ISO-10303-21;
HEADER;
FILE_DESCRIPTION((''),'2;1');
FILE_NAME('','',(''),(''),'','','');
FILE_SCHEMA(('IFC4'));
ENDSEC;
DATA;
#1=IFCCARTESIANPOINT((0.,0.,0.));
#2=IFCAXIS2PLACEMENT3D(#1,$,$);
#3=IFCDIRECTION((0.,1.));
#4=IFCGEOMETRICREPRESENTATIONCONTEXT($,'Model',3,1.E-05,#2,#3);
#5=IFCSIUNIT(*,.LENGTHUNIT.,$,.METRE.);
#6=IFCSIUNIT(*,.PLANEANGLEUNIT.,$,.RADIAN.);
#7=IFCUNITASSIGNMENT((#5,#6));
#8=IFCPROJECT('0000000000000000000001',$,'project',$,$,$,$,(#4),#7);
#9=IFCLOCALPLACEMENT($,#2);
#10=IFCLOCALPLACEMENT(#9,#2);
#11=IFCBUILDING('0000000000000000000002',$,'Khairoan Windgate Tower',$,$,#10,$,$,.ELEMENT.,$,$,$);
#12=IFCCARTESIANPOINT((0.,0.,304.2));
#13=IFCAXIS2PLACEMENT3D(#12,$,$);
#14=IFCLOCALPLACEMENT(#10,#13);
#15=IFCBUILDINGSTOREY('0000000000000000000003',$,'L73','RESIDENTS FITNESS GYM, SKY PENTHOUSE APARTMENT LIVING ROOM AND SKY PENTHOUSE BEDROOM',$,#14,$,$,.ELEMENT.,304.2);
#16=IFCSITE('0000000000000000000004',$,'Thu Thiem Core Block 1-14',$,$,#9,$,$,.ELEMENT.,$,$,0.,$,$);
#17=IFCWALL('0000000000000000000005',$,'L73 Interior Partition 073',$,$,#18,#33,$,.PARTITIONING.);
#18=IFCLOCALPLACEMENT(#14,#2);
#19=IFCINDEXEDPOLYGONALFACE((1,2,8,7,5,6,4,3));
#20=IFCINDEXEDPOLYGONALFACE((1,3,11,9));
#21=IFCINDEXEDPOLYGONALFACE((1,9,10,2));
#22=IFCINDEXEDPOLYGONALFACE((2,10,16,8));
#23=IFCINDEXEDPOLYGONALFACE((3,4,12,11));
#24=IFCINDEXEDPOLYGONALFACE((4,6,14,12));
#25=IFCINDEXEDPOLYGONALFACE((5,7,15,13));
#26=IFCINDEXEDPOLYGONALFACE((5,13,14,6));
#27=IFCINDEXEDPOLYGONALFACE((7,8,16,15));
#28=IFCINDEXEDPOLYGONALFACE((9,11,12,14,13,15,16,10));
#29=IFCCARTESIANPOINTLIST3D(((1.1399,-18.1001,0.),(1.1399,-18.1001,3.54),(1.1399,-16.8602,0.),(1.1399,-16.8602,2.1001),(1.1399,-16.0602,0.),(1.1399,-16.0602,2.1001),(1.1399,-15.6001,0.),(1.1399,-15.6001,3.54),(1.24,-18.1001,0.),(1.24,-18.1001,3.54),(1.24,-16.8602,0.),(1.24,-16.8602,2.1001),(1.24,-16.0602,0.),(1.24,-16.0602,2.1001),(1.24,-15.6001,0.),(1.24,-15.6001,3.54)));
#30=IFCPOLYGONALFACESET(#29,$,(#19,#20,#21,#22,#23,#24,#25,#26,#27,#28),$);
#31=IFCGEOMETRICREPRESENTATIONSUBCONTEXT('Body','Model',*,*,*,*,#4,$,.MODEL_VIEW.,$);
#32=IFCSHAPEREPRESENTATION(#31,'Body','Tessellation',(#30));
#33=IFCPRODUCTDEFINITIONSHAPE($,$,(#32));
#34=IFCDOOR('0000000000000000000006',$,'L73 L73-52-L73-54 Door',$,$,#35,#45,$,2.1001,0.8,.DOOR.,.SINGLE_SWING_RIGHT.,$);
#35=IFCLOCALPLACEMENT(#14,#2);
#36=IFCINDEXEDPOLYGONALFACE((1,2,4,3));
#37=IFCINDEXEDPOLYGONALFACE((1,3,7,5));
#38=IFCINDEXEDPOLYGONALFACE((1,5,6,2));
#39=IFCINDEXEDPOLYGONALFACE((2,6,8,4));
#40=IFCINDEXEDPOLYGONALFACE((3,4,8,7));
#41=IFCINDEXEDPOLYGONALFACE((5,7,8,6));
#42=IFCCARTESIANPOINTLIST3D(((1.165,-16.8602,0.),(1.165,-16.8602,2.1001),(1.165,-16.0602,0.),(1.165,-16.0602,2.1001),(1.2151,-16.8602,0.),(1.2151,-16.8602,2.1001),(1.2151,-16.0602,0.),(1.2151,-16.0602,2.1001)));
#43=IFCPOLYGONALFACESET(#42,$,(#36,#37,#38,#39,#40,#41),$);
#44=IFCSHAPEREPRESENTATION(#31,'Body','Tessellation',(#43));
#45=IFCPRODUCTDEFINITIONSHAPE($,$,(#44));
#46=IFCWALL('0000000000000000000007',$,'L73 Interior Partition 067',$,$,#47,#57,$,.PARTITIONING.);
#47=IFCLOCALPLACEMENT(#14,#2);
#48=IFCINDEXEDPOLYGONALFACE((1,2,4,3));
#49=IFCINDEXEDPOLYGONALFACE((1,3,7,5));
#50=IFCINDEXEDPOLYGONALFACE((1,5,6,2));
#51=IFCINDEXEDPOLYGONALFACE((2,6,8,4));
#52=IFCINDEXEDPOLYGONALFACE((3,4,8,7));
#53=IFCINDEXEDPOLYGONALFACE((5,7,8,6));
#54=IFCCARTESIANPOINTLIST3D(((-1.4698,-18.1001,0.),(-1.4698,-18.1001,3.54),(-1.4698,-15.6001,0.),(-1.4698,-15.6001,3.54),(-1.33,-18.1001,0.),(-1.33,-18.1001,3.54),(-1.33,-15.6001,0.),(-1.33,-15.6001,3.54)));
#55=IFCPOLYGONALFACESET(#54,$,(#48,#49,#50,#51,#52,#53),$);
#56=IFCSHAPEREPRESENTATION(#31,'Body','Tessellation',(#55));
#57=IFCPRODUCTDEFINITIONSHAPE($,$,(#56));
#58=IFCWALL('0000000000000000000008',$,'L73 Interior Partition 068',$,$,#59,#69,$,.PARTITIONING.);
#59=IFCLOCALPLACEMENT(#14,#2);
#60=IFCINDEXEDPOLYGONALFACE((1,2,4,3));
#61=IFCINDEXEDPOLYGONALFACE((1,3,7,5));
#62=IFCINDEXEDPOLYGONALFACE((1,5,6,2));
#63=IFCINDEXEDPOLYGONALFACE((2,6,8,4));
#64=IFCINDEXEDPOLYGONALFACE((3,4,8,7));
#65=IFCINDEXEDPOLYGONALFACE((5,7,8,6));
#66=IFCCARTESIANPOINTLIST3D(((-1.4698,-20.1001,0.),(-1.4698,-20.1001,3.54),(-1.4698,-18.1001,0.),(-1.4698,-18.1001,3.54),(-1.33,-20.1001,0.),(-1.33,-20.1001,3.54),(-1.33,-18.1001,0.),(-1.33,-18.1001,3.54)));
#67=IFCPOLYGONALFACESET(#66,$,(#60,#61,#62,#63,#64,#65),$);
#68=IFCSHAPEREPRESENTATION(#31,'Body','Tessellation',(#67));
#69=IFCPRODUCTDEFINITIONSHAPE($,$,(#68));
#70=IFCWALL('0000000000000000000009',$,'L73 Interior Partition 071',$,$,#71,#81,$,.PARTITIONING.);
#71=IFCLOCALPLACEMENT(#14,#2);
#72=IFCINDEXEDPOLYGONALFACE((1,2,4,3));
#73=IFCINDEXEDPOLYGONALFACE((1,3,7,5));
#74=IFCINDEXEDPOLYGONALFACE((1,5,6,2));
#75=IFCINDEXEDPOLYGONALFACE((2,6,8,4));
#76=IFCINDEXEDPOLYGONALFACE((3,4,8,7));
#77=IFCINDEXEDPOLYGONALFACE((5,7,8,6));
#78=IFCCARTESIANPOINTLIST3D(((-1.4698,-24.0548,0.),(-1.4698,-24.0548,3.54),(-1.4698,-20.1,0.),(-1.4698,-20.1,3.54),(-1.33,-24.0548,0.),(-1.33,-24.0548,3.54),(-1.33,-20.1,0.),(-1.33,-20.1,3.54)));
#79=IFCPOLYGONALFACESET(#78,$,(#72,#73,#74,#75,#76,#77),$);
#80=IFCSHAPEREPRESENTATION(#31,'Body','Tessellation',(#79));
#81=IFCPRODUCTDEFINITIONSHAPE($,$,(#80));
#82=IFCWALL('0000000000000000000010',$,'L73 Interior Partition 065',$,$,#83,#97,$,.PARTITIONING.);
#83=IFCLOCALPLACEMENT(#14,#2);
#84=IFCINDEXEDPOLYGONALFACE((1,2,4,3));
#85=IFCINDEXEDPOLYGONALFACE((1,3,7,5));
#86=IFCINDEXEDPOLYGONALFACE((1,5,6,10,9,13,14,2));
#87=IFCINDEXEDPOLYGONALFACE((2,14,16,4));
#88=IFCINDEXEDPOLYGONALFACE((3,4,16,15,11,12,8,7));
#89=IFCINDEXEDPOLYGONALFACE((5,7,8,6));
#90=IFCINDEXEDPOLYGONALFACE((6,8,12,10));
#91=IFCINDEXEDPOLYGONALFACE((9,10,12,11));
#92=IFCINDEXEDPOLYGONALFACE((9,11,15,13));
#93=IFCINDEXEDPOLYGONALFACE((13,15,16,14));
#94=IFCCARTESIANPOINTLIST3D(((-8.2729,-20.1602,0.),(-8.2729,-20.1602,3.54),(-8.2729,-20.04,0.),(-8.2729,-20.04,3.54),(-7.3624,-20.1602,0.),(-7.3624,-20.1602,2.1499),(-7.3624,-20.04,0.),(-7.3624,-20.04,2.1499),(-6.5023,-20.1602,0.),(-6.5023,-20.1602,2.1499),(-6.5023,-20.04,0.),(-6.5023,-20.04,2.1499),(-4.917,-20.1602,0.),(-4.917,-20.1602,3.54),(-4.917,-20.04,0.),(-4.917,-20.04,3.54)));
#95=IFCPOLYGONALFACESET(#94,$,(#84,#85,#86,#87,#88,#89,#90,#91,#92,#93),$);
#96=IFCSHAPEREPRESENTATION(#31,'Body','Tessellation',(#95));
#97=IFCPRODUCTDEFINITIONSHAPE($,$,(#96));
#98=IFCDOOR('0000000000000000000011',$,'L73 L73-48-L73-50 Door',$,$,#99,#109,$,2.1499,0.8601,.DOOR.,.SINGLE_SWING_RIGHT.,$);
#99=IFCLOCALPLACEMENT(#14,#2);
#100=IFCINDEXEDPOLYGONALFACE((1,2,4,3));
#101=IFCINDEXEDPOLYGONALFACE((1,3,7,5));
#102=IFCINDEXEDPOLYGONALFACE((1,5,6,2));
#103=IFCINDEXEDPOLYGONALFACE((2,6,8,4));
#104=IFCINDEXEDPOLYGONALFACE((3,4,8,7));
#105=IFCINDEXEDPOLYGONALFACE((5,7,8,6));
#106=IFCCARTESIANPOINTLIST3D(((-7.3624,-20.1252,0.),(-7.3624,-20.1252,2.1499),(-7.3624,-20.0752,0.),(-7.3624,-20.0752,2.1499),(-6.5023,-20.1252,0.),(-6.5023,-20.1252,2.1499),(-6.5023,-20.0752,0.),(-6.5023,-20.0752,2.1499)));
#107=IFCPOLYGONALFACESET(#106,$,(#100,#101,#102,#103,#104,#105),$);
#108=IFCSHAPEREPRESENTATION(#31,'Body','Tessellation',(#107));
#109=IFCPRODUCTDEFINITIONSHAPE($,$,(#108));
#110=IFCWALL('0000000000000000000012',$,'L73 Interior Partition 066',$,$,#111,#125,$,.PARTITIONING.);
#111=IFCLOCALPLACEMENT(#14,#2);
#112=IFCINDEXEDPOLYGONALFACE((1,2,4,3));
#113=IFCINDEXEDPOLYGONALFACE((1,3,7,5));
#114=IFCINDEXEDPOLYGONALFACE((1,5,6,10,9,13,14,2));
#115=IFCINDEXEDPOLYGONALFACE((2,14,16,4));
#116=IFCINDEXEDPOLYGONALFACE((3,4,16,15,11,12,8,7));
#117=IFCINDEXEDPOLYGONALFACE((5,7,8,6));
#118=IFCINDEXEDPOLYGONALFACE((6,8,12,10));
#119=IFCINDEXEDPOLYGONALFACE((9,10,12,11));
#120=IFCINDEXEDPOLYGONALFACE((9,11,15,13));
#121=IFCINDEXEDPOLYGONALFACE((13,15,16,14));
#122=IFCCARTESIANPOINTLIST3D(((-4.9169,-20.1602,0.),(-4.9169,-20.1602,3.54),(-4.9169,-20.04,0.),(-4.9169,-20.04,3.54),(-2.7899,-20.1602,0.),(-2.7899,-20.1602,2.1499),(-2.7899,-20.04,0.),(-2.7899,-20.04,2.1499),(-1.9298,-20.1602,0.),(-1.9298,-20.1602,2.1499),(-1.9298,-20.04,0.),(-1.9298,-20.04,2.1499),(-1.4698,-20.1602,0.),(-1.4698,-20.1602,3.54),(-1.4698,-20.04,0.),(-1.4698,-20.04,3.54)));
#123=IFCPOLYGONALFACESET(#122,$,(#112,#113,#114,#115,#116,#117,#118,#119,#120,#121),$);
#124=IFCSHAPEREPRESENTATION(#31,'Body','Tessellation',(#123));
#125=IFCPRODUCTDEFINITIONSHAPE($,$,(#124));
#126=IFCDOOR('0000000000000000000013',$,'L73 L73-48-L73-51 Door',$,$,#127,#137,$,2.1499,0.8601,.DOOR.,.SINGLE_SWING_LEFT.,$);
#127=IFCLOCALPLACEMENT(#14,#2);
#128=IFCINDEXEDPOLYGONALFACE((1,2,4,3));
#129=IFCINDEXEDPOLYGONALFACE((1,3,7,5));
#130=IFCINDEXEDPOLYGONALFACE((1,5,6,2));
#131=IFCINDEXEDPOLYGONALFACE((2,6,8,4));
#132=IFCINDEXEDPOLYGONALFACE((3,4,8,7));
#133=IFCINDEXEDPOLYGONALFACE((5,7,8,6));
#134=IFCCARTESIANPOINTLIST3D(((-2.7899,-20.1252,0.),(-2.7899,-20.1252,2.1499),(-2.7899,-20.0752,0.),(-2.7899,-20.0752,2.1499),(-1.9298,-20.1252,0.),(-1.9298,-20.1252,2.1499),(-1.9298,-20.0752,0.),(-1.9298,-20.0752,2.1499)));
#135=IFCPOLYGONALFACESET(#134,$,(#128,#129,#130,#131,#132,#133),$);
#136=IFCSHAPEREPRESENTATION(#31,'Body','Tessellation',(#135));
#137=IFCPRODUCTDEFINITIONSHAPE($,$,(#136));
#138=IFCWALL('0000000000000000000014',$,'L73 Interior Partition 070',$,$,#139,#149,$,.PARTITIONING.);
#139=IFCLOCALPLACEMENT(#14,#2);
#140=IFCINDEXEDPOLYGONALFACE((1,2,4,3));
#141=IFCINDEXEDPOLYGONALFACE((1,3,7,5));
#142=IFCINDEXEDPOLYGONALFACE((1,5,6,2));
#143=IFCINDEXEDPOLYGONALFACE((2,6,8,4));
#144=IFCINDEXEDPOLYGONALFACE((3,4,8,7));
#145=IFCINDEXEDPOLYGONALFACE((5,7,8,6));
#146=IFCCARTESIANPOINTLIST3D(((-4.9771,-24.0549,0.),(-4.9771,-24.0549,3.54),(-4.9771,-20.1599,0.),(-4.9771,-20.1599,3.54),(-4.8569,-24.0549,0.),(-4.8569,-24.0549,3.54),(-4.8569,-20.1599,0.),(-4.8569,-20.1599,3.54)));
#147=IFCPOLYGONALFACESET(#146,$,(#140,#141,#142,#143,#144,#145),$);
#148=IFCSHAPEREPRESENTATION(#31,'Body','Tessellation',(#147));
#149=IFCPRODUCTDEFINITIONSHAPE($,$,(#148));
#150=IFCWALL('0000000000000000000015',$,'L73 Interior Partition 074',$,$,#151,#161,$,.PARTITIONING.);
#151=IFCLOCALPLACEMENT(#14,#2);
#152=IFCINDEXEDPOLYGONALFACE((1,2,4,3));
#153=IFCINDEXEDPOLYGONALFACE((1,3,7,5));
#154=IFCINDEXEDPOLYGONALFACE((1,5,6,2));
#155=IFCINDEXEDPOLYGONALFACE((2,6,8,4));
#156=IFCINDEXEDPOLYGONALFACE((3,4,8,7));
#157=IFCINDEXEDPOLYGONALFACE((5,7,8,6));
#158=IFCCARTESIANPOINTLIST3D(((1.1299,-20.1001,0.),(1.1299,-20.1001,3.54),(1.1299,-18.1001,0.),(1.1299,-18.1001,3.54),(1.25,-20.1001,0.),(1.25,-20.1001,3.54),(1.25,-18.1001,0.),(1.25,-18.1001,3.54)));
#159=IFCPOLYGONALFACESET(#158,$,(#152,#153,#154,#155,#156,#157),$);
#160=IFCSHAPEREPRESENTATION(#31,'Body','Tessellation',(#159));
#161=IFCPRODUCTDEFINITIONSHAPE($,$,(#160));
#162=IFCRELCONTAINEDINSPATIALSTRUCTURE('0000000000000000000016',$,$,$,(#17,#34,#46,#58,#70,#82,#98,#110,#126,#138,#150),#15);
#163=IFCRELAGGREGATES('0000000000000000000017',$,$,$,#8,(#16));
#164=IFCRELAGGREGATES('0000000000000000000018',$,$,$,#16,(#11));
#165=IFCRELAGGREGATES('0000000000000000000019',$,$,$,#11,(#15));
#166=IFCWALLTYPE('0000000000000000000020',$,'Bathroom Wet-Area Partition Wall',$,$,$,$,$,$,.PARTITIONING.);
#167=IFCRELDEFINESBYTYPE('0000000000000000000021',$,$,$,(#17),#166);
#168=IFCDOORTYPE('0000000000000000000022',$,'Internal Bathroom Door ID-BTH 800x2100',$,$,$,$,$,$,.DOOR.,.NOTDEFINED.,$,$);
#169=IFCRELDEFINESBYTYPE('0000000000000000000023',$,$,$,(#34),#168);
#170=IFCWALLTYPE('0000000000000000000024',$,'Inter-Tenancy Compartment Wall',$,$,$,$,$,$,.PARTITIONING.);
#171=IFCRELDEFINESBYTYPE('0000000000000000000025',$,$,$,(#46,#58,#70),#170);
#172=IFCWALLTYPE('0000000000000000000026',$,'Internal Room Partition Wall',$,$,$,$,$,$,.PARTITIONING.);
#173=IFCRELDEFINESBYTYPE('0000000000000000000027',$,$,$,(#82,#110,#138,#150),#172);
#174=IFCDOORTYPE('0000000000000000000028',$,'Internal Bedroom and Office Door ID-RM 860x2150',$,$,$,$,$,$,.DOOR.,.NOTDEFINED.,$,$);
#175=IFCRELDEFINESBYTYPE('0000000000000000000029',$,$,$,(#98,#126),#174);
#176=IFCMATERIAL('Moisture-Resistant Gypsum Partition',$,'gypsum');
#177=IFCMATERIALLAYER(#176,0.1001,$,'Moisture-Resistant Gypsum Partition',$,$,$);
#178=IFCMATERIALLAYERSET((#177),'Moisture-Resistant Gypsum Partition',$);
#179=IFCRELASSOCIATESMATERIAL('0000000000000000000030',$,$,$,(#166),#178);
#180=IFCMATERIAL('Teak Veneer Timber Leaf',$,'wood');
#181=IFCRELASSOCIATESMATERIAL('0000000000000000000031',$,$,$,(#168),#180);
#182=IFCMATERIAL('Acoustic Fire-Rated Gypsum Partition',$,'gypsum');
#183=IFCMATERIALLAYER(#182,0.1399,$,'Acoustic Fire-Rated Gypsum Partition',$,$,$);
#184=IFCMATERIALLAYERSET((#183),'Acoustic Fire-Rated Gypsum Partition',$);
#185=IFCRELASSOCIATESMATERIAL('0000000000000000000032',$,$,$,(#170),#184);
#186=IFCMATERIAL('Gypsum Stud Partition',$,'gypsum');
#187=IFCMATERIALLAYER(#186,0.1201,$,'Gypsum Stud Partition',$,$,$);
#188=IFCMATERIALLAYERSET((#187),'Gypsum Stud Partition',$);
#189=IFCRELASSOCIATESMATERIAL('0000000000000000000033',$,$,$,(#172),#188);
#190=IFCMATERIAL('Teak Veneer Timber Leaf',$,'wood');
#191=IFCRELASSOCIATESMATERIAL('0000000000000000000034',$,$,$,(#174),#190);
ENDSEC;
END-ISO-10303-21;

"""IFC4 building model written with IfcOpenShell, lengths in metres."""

from ifc_helpers import new_model, si_unit, direction, frame, frame_2d, origin, place, context, subcontext, project, spatial, rectangle, extrude, material, layer, layer_set, type_object, element, fill, save


model = new_model("IFC4")

# Units and contexts
model_context = context("Model", 3, precision=1e-05, world=origin(), true_north=direction((0.0, 1.0)))
body_context = subcontext(model_context, "Body", "Model", "MODEL_VIEW")
ifc_project = project(units=[si_unit("LENGTHUNIT", "METRE"), si_unit("PLANEANGLEUNIT", "RADIAN")], contexts=[model_context])

# Site, building, storey
site_placement = place(None, origin())
site = spatial("IfcSite", under=ifc_project, at=site_placement, Name="Thu Thiem Core Block 1-14", CompositionType="ELEMENT", RefElevation=0.0)
building_placement = place(site_placement, origin())
building = spatial("IfcBuilding", under=site, at=building_placement, Name="Khairoan Windgate Tower", CompositionType="ELEMENT")
storey_placement = place(building_placement, frame((0.0, 0.0, 304.2)))
storey = spatial("IfcBuildingStorey", under=building, at=storey_placement, Name="L73", Description="RESIDENTS FITNESS GYM, SKY PENTHOUSE APARTMENT LIVING ROOM AND SKY PENTHOUSE BEDROOM", CompositionType="ELEMENT", Elevation=304.2)

# Shared definitions
ifc_material_1 = material(Name="Moisture-Resistant Gypsum Partition", Category="gypsum")
ifc_layer_1 = layer(ifc_material_1, 0.1001, Name="Moisture-Resistant Gypsum Partition")
ifc_layer_set_1 = layer_set([ifc_layer_1], Name="Moisture-Resistant Gypsum Partition")
wall_type_1 = type_object("IfcWallType", Name="Bathroom Wet-Area Partition Wall", PredefinedType="PARTITIONING", material=ifc_layer_set_1)

# Wall, opening, door
wall_1_placement = place(storey_placement, frame((1.1899, -18.1001, 0.0), z_axis=(0.0, 0.0, 1.0), x_axis=(0.0, 1.0, 0.0)))
wall_1 = element("IfcWall", 1, at=wall_1_placement, inside=storey, type_object=wall_type_1, Name="L73 Interior Partition 073", PredefinedType="PARTITIONING", context=body_context, shape_type="SweptSolid", body=[
    extrude(rectangle(XDim=2.5, YDim=0.1001, at=frame_2d((1.25, 0.0))), origin(), (0.0, 0.0, 1.0), 3.54),
])
opening_1_placement = place(wall_1_placement, frame((1.24, 0.0, 0.0)))
opening_1 = element("IfcOpeningElement", 2, at=opening_1_placement, cuts=wall_1, PredefinedType="OPENING", context=body_context, shape_type="SweptSolid", body=[
    extrude(rectangle(XDim=0.8, YDim=2.1001, at=frame_2d((0.3999, 1.05))), frame((0.0, 0.0601, 0.0), z_axis=(0.0, -1.0, 0.0), x_axis=(1.0, 0.0, 0.0)), (0.0, 0.0, 1.0), 0.1201),
])
ifc_material_2 = material(Name="Teak Veneer Timber Leaf", Category="wood")
door_type_1 = type_object("IfcDoorType", Name="Internal Bathroom Door ID-BTH 800x2100", OperationType="NOTDEFINED", PredefinedType="DOOR", material=ifc_material_2)
door_1_placement = place(opening_1_placement, origin())
door_1 = element("IfcDoor", 3, at=door_1_placement, inside=storey, type_object=door_type_1, Name="L73 L73-52-L73-54 Door", OperationType="SINGLE_SWING_RIGHT", OverallHeight=2.1001, OverallWidth=0.8, PredefinedType="DOOR", context=body_context, shape_type="SweptSolid", body=[
    extrude(rectangle(XDim=0.8, YDim=2.1001, at=frame_2d((0.3999, 1.05))), frame((0.0, 0.0249, 0.0), z_axis=(0.0, -1.0, 0.0), x_axis=(1.0, 0.0, 0.0)), (0.0, 0.0, 1.0), 0.05),
])
fill(opening_1, door_1)

# Walls
ifc_material_3 = material(Name="Acoustic Fire-Rated Gypsum Partition", Category="gypsum")
ifc_layer_2 = layer(ifc_material_3, 0.1399, Name="Acoustic Fire-Rated Gypsum Partition")
ifc_layer_set_2 = layer_set([ifc_layer_2], Name="Acoustic Fire-Rated Gypsum Partition")
wall_type_2 = type_object("IfcWallType", Name="Inter-Tenancy Compartment Wall", PredefinedType="PARTITIONING", material=ifc_layer_set_2)
wall_2_placement = place(storey_placement, frame((-1.3999, -18.1001, 0.0), z_axis=(0.0, 0.0, 1.0), x_axis=(0.0, 1.0, 0.0)))
element("IfcWall", 4, at=wall_2_placement, inside=storey, type_object=wall_type_2, Name="L73 Interior Partition 067", PredefinedType="PARTITIONING", context=body_context, shape_type="SweptSolid", body=[
    extrude(rectangle(XDim=2.5, YDim=0.1399, at=frame_2d((1.25, 0.0))), origin(), (0.0, 0.0, 1.0), 3.54),
])
wall_3_placement = place(storey_placement, frame((-1.3999, -20.1001, 0.0), z_axis=(0.0, 0.0, 1.0), x_axis=(0.0, 1.0, 0.0)))
element("IfcWall", 5, at=wall_3_placement, inside=storey, type_object=wall_type_2, Name="L73 Interior Partition 068", PredefinedType="PARTITIONING", context=body_context, shape_type="SweptSolid", body=[
    extrude(rectangle(XDim=2.0, YDim=0.1399, at=frame_2d((1.0, 0.0))), origin(), (0.0, 0.0, 1.0), 3.54),
])
wall_4_placement = place(storey_placement, frame((-1.3999, -24.0549, 0.0), z_axis=(0.0, 0.0, 1.0), x_axis=(0.0, 1.0, 0.0)))
element("IfcWall", 6, at=wall_4_placement, inside=storey, type_object=wall_type_2, Name="L73 Interior Partition 071", PredefinedType="PARTITIONING", context=body_context, shape_type="SweptSolid", body=[
    extrude(rectangle(XDim=3.9548, YDim=0.1399, at=frame_2d((1.9775, 0.0))), origin(), (0.0, 0.0, 1.0), 3.54),
])

# Walls, openings, doors
ifc_material_4 = material(Name="Gypsum Stud Partition", Category="gypsum")
ifc_layer_3 = layer(ifc_material_4, 0.1201, Name="Gypsum Stud Partition")
ifc_layer_set_3 = layer_set([ifc_layer_3], Name="Gypsum Stud Partition")
wall_type_3 = type_object("IfcWallType", Name="Internal Room Partition Wall", PredefinedType="PARTITIONING", material=ifc_layer_set_3)
wall_5_placement = place(storey_placement, frame((-8.2729, -20.1001, 0.0), z_axis=(0.0, 0.0, 1.0), x_axis=(1.0, 0.0, 0.0)))
wall_5 = element("IfcWall", 7, at=wall_5_placement, inside=storey, type_object=wall_type_3, Name="L73 Interior Partition 065", PredefinedType="PARTITIONING", context=body_context, shape_type="SweptSolid", body=[
    extrude(rectangle(XDim=3.356, YDim=0.1201, at=frame_2d((1.678, 0.0))), origin(), (0.0, 0.0, 1.0), 3.54),
])
opening_2_placement = place(wall_5_placement, frame((0.9104, 0.0, 0.0)))
opening_2 = element("IfcOpeningElement", 8, at=opening_2_placement, cuts=wall_5, PredefinedType="OPENING", context=body_context, shape_type="SweptSolid", body=[
    extrude(rectangle(XDim=0.8601, YDim=2.1499, at=frame_2d((0.4302, 1.075))), frame((0.0, 0.0701, 0.0), z_axis=(0.0, -1.0, 0.0), x_axis=(1.0, 0.0, 0.0)), (0.0, 0.0, 1.0), 0.1401),
])
ifc_material_5 = material(Name="Teak Veneer Timber Leaf", Category="wood")
door_type_2 = type_object("IfcDoorType", Name="Internal Bedroom and Office Door ID-RM 860x2150", OperationType="NOTDEFINED", PredefinedType="DOOR", material=ifc_material_5)
door_2_placement = place(opening_2_placement, origin())
door_2 = element("IfcDoor", 9, at=door_2_placement, inside=storey, type_object=door_type_2, Name="L73 L73-48-L73-50 Door", OperationType="SINGLE_SWING_RIGHT", OverallHeight=2.1499, OverallWidth=0.8601, PredefinedType="DOOR", context=body_context, shape_type="SweptSolid", body=[
    extrude(rectangle(XDim=0.8601, YDim=2.1499, at=frame_2d((0.4302, 1.075))), frame((0.0, 0.0249, 0.0), z_axis=(0.0, -1.0, 0.0), x_axis=(1.0, 0.0, 0.0)), (0.0, 0.0, 1.0), 0.05),
])
fill(opening_2, door_2)
wall_6_placement = place(storey_placement, frame((-4.917, -20.1001, 0.0), z_axis=(0.0, 0.0, 1.0), x_axis=(1.0, 0.0, 0.0)))
wall_6 = element("IfcWall", 10, at=wall_6_placement, inside=storey, type_object=wall_type_3, Name="L73 Interior Partition 066", PredefinedType="PARTITIONING", context=body_context, shape_type="SweptSolid", body=[
    extrude(rectangle(XDim=3.447, YDim=0.1201, at=frame_2d((1.7236, 0.0))), origin(), (0.0, 0.0, 1.0), 3.54),
])
opening_3_placement = place(wall_6_placement, frame((2.127, 0.0, 0.0)))
opening_3 = element("IfcOpeningElement", 11, at=opening_3_placement, cuts=wall_6, PredefinedType="OPENING", context=body_context, shape_type="SweptSolid", body=[
    extrude(rectangle(XDim=0.8601, YDim=2.1499, at=frame_2d((0.4302, 1.075))), frame((0.0, 0.0701, 0.0), z_axis=(0.0, -1.0, 0.0), x_axis=(1.0, 0.0, 0.0)), (0.0, 0.0, 1.0), 0.1401),
])
door_3_placement = place(opening_3_placement, origin())
door_3 = element("IfcDoor", 12, at=door_3_placement, inside=storey, type_object=door_type_2, Name="L73 L73-48-L73-51 Door", OperationType="SINGLE_SWING_LEFT", OverallHeight=2.1499, OverallWidth=0.8601, PredefinedType="DOOR", context=body_context, shape_type="SweptSolid", body=[
    extrude(rectangle(XDim=0.8601, YDim=2.1499, at=frame_2d((0.4302, 1.075))), frame((0.0, 0.0249, 0.0), z_axis=(0.0, -1.0, 0.0), x_axis=(1.0, 0.0, 0.0)), (0.0, 0.0, 1.0), 0.05),
])
fill(opening_3, door_3)

# Walls
wall_7_placement = place(storey_placement, frame((-4.917, -24.0549, 0.0), z_axis=(0.0, 0.0, 1.0), x_axis=(0.0, 1.0, 0.0)))
element("IfcWall", 13, at=wall_7_placement, inside=storey, type_object=wall_type_3, Name="L73 Interior Partition 070", PredefinedType="PARTITIONING", context=body_context, shape_type="SweptSolid", body=[
    extrude(rectangle(XDim=3.895, YDim=0.1201, at=frame_2d((1.9475, 0.0))), origin(), (0.0, 0.0, 1.0), 3.54),
])
wall_8_placement = place(storey_placement, frame((1.1899, -20.1001, 0.0), z_axis=(0.0, 0.0, 1.0), x_axis=(0.0, 1.0, 0.0)))
element("IfcWall", 14, at=wall_8_placement, inside=storey, type_object=wall_type_3, Name="L73 Interior Partition 074", PredefinedType="PARTITIONING", context=body_context, shape_type="SweptSolid", body=[
    extrude(rectangle(XDim=2.0, YDim=0.1201, at=frame_2d((1.0, 0.0))), origin(), (0.0, 0.0, 1.0), 3.54),
])

save(model, "model.ifc")
